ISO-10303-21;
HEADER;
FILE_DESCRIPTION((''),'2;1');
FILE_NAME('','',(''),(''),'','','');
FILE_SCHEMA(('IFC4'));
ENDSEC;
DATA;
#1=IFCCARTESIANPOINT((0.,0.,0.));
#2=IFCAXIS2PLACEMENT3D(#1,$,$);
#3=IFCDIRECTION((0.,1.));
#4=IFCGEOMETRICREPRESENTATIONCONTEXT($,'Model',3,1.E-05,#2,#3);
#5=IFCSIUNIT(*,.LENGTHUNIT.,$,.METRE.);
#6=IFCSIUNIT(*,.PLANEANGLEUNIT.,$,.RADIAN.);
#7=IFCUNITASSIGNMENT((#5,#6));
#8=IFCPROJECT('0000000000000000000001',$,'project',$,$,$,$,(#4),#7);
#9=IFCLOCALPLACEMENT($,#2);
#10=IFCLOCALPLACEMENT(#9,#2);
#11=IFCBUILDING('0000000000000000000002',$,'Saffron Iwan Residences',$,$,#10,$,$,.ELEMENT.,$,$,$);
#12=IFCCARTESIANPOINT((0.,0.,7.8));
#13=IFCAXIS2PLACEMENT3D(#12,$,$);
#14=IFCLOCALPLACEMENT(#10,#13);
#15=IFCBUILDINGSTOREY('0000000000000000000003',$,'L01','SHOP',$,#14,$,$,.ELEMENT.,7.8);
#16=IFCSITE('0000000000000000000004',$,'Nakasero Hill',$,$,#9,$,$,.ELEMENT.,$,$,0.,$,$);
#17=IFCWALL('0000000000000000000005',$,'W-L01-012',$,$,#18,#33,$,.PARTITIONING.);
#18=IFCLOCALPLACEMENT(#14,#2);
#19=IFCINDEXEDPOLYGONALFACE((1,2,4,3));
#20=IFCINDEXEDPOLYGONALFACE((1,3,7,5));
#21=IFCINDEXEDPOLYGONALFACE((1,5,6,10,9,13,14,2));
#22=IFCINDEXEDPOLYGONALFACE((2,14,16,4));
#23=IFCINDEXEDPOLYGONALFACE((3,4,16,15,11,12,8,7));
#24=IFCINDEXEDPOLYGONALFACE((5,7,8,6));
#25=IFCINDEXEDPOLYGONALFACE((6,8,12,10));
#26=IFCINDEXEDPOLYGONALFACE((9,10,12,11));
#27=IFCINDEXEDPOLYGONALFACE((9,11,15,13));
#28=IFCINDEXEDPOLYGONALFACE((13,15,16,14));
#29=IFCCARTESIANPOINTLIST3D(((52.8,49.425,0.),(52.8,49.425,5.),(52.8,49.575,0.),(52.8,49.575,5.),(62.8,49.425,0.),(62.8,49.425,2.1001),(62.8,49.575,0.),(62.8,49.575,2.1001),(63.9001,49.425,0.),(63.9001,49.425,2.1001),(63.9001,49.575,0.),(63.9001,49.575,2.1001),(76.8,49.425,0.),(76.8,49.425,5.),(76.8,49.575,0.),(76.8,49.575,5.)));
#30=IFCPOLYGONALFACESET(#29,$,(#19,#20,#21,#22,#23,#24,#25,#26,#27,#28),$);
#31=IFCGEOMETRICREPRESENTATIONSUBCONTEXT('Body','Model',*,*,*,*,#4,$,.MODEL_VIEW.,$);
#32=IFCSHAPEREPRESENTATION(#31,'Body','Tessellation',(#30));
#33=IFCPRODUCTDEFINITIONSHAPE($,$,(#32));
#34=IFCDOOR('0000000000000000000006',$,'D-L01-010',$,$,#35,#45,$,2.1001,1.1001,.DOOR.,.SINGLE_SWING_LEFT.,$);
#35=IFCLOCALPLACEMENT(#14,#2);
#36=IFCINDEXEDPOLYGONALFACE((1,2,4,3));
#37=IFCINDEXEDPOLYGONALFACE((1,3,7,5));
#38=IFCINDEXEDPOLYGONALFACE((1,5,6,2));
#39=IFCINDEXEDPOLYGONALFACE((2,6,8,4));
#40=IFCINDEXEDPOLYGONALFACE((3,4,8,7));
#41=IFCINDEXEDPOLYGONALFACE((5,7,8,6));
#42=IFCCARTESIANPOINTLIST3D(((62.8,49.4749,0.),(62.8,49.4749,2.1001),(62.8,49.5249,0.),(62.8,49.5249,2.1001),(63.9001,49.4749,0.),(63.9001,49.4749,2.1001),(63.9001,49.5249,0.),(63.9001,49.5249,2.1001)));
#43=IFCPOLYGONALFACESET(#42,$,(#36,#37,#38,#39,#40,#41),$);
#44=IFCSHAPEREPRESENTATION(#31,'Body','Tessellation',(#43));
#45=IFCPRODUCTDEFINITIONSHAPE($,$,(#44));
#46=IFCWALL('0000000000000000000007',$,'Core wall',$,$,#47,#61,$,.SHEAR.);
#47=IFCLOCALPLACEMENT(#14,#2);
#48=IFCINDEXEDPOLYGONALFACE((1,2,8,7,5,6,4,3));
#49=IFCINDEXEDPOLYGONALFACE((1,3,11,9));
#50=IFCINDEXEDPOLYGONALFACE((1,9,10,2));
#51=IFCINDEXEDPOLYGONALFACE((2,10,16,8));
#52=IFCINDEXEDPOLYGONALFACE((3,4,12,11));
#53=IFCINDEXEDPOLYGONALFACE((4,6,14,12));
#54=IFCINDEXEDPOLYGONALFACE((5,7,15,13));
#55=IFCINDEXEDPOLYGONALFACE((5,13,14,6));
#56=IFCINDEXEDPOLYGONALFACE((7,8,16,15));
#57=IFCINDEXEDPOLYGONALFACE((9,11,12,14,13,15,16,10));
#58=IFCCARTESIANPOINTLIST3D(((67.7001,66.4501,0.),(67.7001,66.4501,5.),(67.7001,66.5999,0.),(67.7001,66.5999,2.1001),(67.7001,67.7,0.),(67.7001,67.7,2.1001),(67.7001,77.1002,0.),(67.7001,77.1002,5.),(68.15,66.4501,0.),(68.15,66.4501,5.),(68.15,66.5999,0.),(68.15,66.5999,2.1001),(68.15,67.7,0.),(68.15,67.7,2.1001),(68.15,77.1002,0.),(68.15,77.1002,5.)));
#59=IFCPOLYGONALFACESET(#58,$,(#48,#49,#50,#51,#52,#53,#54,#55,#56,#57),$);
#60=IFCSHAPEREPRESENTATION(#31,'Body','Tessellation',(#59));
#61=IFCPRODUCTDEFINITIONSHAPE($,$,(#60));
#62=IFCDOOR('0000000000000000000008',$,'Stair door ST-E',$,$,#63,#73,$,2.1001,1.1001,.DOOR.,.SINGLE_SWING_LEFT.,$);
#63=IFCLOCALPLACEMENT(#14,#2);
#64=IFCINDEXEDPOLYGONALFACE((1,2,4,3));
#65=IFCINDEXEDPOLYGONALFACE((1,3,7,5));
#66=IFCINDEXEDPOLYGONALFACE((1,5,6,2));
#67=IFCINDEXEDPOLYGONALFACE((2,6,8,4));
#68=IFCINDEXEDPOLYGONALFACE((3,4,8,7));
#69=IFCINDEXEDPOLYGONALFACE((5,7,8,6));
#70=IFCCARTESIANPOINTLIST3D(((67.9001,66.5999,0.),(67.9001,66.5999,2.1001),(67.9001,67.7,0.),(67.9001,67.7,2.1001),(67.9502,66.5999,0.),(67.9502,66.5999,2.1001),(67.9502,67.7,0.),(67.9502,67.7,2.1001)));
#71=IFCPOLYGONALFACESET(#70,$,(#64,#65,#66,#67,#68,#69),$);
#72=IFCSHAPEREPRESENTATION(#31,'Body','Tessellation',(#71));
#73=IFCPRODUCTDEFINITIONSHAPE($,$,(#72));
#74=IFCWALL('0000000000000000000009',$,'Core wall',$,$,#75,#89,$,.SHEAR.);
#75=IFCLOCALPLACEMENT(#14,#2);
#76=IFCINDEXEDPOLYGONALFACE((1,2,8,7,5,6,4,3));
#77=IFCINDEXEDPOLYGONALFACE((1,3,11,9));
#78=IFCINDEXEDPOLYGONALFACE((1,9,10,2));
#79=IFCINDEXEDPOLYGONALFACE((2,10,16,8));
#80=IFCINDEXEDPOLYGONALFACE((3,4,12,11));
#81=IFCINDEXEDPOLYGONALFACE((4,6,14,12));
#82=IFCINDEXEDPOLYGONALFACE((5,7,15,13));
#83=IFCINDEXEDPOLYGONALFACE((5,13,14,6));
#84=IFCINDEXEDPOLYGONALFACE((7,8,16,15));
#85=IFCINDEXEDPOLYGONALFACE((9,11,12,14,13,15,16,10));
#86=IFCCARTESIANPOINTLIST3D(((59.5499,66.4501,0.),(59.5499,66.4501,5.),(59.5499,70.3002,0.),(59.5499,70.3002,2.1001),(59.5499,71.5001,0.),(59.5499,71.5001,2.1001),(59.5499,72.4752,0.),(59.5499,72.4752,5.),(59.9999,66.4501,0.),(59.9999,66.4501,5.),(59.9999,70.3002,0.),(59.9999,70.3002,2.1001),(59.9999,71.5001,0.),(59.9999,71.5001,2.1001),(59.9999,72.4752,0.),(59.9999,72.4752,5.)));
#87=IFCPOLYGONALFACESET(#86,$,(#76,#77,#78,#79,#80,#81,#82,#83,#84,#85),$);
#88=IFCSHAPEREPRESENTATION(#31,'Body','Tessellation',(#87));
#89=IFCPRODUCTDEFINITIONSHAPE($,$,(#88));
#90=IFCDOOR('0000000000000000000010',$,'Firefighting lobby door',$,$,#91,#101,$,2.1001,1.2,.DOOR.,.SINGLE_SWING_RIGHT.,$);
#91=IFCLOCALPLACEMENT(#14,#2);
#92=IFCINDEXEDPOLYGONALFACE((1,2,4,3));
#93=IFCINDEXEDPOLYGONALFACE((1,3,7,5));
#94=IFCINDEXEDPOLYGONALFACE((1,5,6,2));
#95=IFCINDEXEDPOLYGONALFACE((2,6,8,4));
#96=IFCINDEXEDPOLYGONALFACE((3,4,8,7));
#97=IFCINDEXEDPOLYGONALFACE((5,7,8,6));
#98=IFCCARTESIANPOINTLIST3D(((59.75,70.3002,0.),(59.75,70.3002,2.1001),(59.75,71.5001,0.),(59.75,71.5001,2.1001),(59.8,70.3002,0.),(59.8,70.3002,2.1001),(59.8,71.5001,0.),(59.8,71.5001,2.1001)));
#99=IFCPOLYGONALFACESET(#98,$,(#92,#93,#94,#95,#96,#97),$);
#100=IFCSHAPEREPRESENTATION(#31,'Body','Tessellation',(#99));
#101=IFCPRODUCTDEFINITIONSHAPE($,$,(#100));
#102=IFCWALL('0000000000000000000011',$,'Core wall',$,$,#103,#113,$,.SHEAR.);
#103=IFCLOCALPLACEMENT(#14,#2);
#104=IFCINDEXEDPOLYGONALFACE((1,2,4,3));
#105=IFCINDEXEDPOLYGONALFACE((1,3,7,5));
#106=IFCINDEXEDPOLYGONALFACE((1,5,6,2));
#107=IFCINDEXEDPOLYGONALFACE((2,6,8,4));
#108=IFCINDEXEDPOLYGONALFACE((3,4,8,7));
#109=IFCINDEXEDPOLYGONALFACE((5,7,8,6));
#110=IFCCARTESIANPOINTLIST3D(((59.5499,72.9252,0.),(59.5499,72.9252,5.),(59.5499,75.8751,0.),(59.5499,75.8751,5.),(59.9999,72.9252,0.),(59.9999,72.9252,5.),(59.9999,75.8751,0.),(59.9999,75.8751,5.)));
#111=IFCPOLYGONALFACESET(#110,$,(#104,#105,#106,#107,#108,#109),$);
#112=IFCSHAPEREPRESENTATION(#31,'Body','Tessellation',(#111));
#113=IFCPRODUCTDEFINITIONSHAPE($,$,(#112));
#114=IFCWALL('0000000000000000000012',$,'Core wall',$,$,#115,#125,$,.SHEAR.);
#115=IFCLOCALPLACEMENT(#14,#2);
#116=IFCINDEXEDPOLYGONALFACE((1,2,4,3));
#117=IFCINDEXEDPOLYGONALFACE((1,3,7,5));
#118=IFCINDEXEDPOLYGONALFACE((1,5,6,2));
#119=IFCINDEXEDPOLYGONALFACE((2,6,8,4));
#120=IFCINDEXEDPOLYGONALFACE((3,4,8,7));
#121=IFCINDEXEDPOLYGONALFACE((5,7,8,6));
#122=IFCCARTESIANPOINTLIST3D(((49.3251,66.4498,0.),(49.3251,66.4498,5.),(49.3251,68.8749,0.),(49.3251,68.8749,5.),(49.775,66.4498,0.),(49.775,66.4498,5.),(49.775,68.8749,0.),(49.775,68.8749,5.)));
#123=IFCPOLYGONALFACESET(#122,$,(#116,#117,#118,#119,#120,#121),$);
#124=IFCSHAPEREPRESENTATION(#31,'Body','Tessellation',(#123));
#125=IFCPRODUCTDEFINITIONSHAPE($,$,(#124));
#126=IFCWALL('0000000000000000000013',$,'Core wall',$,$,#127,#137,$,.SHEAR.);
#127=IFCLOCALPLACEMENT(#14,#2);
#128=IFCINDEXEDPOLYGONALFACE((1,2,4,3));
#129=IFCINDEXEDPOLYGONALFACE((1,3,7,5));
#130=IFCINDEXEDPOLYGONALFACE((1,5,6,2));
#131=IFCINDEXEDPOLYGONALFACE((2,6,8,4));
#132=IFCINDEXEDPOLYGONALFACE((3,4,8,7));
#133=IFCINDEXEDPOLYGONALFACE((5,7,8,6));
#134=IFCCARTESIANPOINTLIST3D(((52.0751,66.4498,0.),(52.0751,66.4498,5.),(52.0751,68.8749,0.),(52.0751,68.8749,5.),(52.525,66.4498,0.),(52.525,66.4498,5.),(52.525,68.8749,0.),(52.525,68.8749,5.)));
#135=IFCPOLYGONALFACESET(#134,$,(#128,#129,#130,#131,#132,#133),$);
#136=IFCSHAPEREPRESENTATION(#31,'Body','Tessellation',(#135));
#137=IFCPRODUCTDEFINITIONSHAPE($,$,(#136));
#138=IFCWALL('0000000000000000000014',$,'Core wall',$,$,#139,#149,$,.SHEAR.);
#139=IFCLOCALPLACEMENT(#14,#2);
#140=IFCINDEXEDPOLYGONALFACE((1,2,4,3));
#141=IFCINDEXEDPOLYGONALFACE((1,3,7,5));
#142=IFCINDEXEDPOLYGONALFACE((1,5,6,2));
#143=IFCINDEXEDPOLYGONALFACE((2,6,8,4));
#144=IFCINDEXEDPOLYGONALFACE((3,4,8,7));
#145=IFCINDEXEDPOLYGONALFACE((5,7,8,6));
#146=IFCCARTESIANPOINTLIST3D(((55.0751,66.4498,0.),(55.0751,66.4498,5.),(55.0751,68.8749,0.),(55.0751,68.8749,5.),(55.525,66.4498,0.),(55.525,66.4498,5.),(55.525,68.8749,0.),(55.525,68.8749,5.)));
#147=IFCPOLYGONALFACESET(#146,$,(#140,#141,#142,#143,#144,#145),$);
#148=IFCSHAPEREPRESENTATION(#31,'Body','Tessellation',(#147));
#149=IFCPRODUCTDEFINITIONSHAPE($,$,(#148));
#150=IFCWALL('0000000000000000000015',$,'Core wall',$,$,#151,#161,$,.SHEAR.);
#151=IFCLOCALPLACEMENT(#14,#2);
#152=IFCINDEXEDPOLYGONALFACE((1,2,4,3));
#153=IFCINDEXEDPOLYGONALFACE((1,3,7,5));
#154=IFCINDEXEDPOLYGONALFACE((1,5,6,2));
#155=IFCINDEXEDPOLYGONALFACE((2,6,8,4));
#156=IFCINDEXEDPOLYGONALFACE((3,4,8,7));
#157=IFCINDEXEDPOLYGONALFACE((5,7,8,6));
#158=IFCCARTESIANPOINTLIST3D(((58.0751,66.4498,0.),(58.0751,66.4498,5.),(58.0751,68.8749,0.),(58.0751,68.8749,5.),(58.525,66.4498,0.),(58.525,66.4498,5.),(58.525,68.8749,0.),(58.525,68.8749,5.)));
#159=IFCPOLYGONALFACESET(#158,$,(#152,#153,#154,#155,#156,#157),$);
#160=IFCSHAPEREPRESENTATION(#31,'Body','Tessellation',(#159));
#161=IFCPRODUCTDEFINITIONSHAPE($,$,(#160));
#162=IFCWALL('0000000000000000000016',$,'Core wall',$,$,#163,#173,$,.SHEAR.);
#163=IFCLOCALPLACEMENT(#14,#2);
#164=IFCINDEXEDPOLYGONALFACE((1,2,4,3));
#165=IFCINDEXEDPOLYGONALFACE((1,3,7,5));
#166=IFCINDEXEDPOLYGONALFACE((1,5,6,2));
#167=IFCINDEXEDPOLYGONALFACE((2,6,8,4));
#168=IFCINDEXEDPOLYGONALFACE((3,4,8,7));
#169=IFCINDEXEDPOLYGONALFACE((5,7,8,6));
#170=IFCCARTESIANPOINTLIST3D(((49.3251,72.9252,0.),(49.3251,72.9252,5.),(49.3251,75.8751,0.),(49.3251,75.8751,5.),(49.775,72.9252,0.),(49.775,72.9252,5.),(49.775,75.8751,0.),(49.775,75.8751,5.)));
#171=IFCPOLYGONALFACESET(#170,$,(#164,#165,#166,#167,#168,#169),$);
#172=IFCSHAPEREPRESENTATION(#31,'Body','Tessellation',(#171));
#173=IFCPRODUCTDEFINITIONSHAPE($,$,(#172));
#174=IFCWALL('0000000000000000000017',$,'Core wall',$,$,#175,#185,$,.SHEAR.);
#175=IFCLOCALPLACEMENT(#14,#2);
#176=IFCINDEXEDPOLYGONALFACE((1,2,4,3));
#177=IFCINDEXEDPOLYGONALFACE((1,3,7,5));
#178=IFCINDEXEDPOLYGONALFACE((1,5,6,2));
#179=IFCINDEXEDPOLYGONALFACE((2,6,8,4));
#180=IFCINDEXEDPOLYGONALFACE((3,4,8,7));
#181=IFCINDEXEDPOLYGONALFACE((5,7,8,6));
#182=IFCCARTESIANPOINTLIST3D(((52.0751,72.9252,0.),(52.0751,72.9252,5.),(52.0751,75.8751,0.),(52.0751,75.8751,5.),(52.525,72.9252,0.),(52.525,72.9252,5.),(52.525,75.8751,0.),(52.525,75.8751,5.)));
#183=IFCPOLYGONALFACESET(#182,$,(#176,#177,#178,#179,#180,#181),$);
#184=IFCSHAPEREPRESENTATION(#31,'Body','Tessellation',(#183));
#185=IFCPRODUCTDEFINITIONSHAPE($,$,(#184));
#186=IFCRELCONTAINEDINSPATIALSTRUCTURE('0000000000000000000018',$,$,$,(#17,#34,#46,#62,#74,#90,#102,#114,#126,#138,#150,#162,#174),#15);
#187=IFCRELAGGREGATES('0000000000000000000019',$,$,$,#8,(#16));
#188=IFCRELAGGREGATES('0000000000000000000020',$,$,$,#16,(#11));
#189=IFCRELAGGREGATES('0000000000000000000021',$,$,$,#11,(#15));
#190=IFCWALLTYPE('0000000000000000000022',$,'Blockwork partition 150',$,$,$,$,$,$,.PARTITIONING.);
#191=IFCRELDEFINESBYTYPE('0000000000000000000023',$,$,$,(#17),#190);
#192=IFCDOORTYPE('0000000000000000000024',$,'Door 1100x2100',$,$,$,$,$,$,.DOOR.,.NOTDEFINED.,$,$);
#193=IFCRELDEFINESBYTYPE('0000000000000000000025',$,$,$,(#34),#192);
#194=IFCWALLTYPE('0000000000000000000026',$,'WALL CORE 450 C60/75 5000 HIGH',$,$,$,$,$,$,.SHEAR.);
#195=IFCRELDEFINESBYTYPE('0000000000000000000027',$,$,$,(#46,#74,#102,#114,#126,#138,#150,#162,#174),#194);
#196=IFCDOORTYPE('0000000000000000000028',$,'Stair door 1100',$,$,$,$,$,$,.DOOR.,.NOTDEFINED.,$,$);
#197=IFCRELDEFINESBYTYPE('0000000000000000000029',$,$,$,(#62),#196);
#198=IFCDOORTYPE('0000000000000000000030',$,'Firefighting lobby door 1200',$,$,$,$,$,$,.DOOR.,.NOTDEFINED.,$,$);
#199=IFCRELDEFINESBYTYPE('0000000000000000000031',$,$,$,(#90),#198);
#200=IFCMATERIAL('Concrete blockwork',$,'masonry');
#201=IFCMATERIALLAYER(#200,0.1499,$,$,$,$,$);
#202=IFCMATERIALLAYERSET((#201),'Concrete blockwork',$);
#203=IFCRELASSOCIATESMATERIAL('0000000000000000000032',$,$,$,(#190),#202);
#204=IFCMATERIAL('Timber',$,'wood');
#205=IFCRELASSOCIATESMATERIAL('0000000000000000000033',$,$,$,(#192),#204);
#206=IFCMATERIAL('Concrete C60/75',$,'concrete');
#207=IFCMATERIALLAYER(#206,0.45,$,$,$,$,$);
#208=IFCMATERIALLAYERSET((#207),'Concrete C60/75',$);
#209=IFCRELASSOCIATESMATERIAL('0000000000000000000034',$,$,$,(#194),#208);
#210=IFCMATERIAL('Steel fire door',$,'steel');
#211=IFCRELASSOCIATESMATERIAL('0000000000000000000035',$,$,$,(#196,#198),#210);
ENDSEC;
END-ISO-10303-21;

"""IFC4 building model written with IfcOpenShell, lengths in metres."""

from ifc_helpers import new_model, si_unit, direction, frame, frame_2d, origin, place, context, subcontext, project, spatial, rectangle, extrude, material, layer, layer_set, type_object, element, fill, save


model = new_model("IFC4")

# Units and contexts
model_context = context("Model", 3, precision=1e-05, world=origin(), true_north=direction((0.0, 1.0)))
body_context = subcontext(model_context, "Body", "Model", "MODEL_VIEW")
ifc_project = project(units=[si_unit("LENGTHUNIT", "METRE"), si_unit("PLANEANGLEUNIT", "RADIAN")], contexts=[model_context])

# Site, building, storey
site_placement = place(None, origin())
site = spatial("IfcSite", under=ifc_project, at=site_placement, Name="Nakasero Hill", CompositionType="ELEMENT", RefElevation=0.0)
building_placement = place(site_placement, origin())
building = spatial("IfcBuilding", under=site, at=building_placement, Name="Saffron Iwan Residences", CompositionType="ELEMENT")
storey_placement = place(building_placement, frame((0.0, 0.0, 7.8)))
storey = spatial("IfcBuildingStorey", under=building, at=storey_placement, Name="L01", Description="SHOP", CompositionType="ELEMENT", Elevation=7.8)

# Walls, openings, doors
ifc_material_1 = material(Name="Concrete blockwork", Category="masonry")
ifc_layer_1 = layer(ifc_material_1, 0.1499)
ifc_layer_set_1 = layer_set([ifc_layer_1], Name="Concrete blockwork")
wall_type_1 = type_object("IfcWallType", Name="Blockwork partition 150", PredefinedType="PARTITIONING", material=ifc_layer_set_1)
wall_1_placement = place(storey_placement, frame((52.8, 49.5, 0.0), z_axis=(0.0, 0.0, 1.0), x_axis=(1.0, 0.0, 0.0)))
wall_1 = element("IfcWall", 1, at=wall_1_placement, inside=storey, type_object=wall_type_1, Name="W-L01-012", PredefinedType="PARTITIONING", context=body_context, shape_type="SweptSolid", body=[
    extrude(rectangle(XDim=24.0, YDim=0.1499, at=frame_2d((12.0, 0.0))), origin(), (0.0, 0.0, 1.0), 5.0),
])
opening_1_placement = place(wall_1_placement, frame((10.0, 0.0, 0.0)))
opening_1 = element("IfcOpeningElement", 2, at=opening_1_placement, cuts=wall_1, PredefinedType="OPENING", context=body_context, shape_type="SweptSolid", body=[
    extrude(rectangle(XDim=1.1001, YDim=2.1001, at=frame_2d((0.55, 1.05))), frame((0.0, 0.085, 0.0), z_axis=(0.0, -1.0, 0.0), x_axis=(1.0, 0.0, 0.0)), (0.0, 0.0, 1.0), 0.1699),
])
ifc_material_2 = material(Name="Timber", Category="wood")
door_type_1 = type_object("IfcDoorType", Name="Door 1100x2100", OperationType="NOTDEFINED", PredefinedType="DOOR", material=ifc_material_2)
door_1_placement = place(opening_1_placement, origin())
door_1 = element("IfcDoor", 3, at=door_1_placement, inside=storey, type_object=door_type_1, Name="D-L01-010", OperationType="SINGLE_SWING_LEFT", OverallHeight=2.1001, OverallWidth=1.1001, PredefinedType="DOOR", context=body_context, shape_type="SweptSolid", body=[
    extrude(rectangle(XDim=1.1001, YDim=2.1001, at=frame_2d((0.55, 1.05))), frame((0.0, 0.0249, 0.0), z_axis=(0.0, -1.0, 0.0), x_axis=(1.0, 0.0, 0.0)), (0.0, 0.0, 1.0), 0.05),
])
fill(opening_1, door_1)
ifc_material_3 = material(Name="Concrete C60/75", Category="concrete")
ifc_layer_2 = layer(ifc_material_3, 0.45)
ifc_layer_set_2 = layer_set([ifc_layer_2], Name="Concrete C60/75")
wall_type_2 = type_object("IfcWallType", Name="WALL CORE 450 C60/75 5000 HIGH", PredefinedType="SHEAR", material=ifc_layer_set_2)
wall_2_placement = place(storey_placement, frame((67.925, 66.45, 0.0), z_axis=(0.0, 0.0, 1.0), x_axis=(0.0, 1.0, 0.0)))
wall_2 = element("IfcWall", 4, at=wall_2_placement, inside=storey, type_object=wall_type_2, Name="Core wall", PredefinedType="SHEAR", context=body_context, shape_type="SweptSolid", body=[
    extrude(rectangle(XDim=10.6501, YDim=0.45, at=frame_2d((5.3252, 0.0))), origin(), (0.0, 0.0, 1.0), 5.0),
])
opening_2_placement = place(wall_2_placement, frame((0.1499, 0.0, 0.0)))
opening_2 = element("IfcOpeningElement", 5, at=opening_2_placement, cuts=wall_2, PredefinedType="OPENING", context=body_context, shape_type="SweptSolid", body=[
    extrude(rectangle(XDim=1.1001, YDim=2.1001, at=frame_2d((0.55, 1.05))), frame((0.0, 0.2349, 0.0), z_axis=(0.0, -1.0, 0.0), x_axis=(1.0, 0.0, 0.0)), (0.0, 0.0, 1.0), 0.47),
])
ifc_material_4 = material(Name="Steel fire door", Category="steel")
door_type_2 = type_object("IfcDoorType", Name="Stair door 1100", OperationType="NOTDEFINED", PredefinedType="DOOR", material=ifc_material_4)
door_2_placement = place(opening_2_placement, origin())
door_2 = element("IfcDoor", 6, at=door_2_placement, inside=storey, type_object=door_type_2, Name="Stair door ST-E", OperationType="SINGLE_SWING_LEFT", OverallHeight=2.1001, OverallWidth=1.1001, PredefinedType="DOOR", context=body_context, shape_type="SweptSolid", body=[
    extrude(rectangle(XDim=1.1001, YDim=2.1001, at=frame_2d((0.55, 1.05))), frame((0.0, 0.0249, 0.0), z_axis=(0.0, -1.0, 0.0), x_axis=(1.0, 0.0, 0.0)), (0.0, 0.0, 1.0), 0.05),
])
fill(opening_2, door_2)
wall_3_placement = place(storey_placement, frame((59.7749, 66.45, 0.0), z_axis=(0.0, 0.0, 1.0), x_axis=(0.0, 1.0, 0.0)))
wall_3 = element("IfcWall", 7, at=wall_3_placement, inside=storey, type_object=wall_type_2, Name="Core wall", PredefinedType="SHEAR", context=body_context, shape_type="SweptSolid", body=[
    extrude(rectangle(XDim=6.0251, YDim=0.45, at=frame_2d((3.0127, 0.0))), origin(), (0.0, 0.0, 1.0), 5.0),
])
opening_3_placement = place(wall_3_placement, frame((3.8501, 0.0, 0.0)))
opening_3 = element("IfcOpeningElement", 8, at=opening_3_placement, cuts=wall_3, PredefinedType="OPENING", context=body_context, shape_type="SweptSolid", body=[
    extrude(rectangle(XDim=1.2, YDim=2.1001, at=frame_2d((0.6001, 1.05))), frame((0.0, 0.2349, 0.0), z_axis=(0.0, -1.0, 0.0), x_axis=(1.0, 0.0, 0.0)), (0.0, 0.0, 1.0), 0.47),
])
door_type_3 = type_object("IfcDoorType", Name="Firefighting lobby door 1200", OperationType="NOTDEFINED", PredefinedType="DOOR", material=ifc_material_4)
door_3_placement = place(opening_3_placement, origin())
door_3 = element("IfcDoor", 9, at=door_3_placement, inside=storey, type_object=door_type_3, Name="Firefighting lobby door", OperationType="SINGLE_SWING_RIGHT", OverallHeight=2.1001, OverallWidth=1.2, PredefinedType="DOOR", context=body_context, shape_type="SweptSolid", body=[
    extrude(rectangle(XDim=1.2, YDim=2.1001, at=frame_2d((0.6001, 1.05))), frame((0.0, 0.0249, 0.0), z_axis=(0.0, -1.0, 0.0), x_axis=(1.0, 0.0, 0.0)), (0.0, 0.0, 1.0), 0.05),
])
fill(opening_3, door_3)

# Walls
wall_4_placement = place(storey_placement, frame((59.7749, 72.925, 0.0), z_axis=(0.0, 0.0, 1.0), x_axis=(0.0, 1.0, 0.0)))
element("IfcWall", 10, at=wall_4_placement, inside=storey, type_object=wall_type_2, Name="Core wall", PredefinedType="SHEAR", context=body_context, shape_type="SweptSolid", body=[
    extrude(rectangle(XDim=2.95, YDim=0.45, at=frame_2d((1.4751, 0.0))), origin(), (0.0, 0.0, 1.0), 5.0),
])
for number, where, z_axis, x_axis, name in (
    (11, (49.55, 66.45, 0.0), (0.0, 0.0, 1.0), (0.0, 1.0, 0.0), "Core wall"),
    (12, (52.3, 66.45, 0.0), (0.0, 0.0, 1.0), (0.0, 1.0, 0.0), "Core wall"),
    (13, (55.3, 66.45, 0.0), (0.0, 0.0, 1.0), (0.0, 1.0, 0.0), "Core wall"),
    (14, (58.3, 66.45, 0.0), (0.0, 0.0, 1.0), (0.0, 1.0, 0.0), "Core wall"),
):
    element("IfcWall", number, at=place(storey_placement, frame(where, z_axis=z_axis, x_axis=x_axis)), inside=storey, type_object=wall_type_2, Name=name, PredefinedType="SHEAR", context=body_context, shape_type="SweptSolid", body=[
        extrude(rectangle(XDim=2.425, YDim=0.45, at=frame_2d((1.2124, 0.0))), origin(), (0.0, 0.0, 1.0), 5.0),
    ])
for number, where, z_axis, x_axis, name in (
    (15, (49.55, 72.925, 0.0), (0.0, 0.0, 1.0), (0.0, 1.0, 0.0), "Core wall"),
    (16, (52.3, 72.925, 0.0), (0.0, 0.0, 1.0), (0.0, 1.0, 0.0), "Core wall"),
):
    element("IfcWall", number, at=place(storey_placement, frame(where, z_axis=z_axis, x_axis=x_axis)), inside=storey, type_object=wall_type_2, Name=name, PredefinedType="SHEAR", context=body_context, shape_type="SweptSolid", body=[
        extrude(rectangle(XDim=2.95, YDim=0.45, at=frame_2d((1.4751, 0.0))), origin(), (0.0, 0.0, 1.0), 5.0),
    ])

save(model, "model.ifc")
